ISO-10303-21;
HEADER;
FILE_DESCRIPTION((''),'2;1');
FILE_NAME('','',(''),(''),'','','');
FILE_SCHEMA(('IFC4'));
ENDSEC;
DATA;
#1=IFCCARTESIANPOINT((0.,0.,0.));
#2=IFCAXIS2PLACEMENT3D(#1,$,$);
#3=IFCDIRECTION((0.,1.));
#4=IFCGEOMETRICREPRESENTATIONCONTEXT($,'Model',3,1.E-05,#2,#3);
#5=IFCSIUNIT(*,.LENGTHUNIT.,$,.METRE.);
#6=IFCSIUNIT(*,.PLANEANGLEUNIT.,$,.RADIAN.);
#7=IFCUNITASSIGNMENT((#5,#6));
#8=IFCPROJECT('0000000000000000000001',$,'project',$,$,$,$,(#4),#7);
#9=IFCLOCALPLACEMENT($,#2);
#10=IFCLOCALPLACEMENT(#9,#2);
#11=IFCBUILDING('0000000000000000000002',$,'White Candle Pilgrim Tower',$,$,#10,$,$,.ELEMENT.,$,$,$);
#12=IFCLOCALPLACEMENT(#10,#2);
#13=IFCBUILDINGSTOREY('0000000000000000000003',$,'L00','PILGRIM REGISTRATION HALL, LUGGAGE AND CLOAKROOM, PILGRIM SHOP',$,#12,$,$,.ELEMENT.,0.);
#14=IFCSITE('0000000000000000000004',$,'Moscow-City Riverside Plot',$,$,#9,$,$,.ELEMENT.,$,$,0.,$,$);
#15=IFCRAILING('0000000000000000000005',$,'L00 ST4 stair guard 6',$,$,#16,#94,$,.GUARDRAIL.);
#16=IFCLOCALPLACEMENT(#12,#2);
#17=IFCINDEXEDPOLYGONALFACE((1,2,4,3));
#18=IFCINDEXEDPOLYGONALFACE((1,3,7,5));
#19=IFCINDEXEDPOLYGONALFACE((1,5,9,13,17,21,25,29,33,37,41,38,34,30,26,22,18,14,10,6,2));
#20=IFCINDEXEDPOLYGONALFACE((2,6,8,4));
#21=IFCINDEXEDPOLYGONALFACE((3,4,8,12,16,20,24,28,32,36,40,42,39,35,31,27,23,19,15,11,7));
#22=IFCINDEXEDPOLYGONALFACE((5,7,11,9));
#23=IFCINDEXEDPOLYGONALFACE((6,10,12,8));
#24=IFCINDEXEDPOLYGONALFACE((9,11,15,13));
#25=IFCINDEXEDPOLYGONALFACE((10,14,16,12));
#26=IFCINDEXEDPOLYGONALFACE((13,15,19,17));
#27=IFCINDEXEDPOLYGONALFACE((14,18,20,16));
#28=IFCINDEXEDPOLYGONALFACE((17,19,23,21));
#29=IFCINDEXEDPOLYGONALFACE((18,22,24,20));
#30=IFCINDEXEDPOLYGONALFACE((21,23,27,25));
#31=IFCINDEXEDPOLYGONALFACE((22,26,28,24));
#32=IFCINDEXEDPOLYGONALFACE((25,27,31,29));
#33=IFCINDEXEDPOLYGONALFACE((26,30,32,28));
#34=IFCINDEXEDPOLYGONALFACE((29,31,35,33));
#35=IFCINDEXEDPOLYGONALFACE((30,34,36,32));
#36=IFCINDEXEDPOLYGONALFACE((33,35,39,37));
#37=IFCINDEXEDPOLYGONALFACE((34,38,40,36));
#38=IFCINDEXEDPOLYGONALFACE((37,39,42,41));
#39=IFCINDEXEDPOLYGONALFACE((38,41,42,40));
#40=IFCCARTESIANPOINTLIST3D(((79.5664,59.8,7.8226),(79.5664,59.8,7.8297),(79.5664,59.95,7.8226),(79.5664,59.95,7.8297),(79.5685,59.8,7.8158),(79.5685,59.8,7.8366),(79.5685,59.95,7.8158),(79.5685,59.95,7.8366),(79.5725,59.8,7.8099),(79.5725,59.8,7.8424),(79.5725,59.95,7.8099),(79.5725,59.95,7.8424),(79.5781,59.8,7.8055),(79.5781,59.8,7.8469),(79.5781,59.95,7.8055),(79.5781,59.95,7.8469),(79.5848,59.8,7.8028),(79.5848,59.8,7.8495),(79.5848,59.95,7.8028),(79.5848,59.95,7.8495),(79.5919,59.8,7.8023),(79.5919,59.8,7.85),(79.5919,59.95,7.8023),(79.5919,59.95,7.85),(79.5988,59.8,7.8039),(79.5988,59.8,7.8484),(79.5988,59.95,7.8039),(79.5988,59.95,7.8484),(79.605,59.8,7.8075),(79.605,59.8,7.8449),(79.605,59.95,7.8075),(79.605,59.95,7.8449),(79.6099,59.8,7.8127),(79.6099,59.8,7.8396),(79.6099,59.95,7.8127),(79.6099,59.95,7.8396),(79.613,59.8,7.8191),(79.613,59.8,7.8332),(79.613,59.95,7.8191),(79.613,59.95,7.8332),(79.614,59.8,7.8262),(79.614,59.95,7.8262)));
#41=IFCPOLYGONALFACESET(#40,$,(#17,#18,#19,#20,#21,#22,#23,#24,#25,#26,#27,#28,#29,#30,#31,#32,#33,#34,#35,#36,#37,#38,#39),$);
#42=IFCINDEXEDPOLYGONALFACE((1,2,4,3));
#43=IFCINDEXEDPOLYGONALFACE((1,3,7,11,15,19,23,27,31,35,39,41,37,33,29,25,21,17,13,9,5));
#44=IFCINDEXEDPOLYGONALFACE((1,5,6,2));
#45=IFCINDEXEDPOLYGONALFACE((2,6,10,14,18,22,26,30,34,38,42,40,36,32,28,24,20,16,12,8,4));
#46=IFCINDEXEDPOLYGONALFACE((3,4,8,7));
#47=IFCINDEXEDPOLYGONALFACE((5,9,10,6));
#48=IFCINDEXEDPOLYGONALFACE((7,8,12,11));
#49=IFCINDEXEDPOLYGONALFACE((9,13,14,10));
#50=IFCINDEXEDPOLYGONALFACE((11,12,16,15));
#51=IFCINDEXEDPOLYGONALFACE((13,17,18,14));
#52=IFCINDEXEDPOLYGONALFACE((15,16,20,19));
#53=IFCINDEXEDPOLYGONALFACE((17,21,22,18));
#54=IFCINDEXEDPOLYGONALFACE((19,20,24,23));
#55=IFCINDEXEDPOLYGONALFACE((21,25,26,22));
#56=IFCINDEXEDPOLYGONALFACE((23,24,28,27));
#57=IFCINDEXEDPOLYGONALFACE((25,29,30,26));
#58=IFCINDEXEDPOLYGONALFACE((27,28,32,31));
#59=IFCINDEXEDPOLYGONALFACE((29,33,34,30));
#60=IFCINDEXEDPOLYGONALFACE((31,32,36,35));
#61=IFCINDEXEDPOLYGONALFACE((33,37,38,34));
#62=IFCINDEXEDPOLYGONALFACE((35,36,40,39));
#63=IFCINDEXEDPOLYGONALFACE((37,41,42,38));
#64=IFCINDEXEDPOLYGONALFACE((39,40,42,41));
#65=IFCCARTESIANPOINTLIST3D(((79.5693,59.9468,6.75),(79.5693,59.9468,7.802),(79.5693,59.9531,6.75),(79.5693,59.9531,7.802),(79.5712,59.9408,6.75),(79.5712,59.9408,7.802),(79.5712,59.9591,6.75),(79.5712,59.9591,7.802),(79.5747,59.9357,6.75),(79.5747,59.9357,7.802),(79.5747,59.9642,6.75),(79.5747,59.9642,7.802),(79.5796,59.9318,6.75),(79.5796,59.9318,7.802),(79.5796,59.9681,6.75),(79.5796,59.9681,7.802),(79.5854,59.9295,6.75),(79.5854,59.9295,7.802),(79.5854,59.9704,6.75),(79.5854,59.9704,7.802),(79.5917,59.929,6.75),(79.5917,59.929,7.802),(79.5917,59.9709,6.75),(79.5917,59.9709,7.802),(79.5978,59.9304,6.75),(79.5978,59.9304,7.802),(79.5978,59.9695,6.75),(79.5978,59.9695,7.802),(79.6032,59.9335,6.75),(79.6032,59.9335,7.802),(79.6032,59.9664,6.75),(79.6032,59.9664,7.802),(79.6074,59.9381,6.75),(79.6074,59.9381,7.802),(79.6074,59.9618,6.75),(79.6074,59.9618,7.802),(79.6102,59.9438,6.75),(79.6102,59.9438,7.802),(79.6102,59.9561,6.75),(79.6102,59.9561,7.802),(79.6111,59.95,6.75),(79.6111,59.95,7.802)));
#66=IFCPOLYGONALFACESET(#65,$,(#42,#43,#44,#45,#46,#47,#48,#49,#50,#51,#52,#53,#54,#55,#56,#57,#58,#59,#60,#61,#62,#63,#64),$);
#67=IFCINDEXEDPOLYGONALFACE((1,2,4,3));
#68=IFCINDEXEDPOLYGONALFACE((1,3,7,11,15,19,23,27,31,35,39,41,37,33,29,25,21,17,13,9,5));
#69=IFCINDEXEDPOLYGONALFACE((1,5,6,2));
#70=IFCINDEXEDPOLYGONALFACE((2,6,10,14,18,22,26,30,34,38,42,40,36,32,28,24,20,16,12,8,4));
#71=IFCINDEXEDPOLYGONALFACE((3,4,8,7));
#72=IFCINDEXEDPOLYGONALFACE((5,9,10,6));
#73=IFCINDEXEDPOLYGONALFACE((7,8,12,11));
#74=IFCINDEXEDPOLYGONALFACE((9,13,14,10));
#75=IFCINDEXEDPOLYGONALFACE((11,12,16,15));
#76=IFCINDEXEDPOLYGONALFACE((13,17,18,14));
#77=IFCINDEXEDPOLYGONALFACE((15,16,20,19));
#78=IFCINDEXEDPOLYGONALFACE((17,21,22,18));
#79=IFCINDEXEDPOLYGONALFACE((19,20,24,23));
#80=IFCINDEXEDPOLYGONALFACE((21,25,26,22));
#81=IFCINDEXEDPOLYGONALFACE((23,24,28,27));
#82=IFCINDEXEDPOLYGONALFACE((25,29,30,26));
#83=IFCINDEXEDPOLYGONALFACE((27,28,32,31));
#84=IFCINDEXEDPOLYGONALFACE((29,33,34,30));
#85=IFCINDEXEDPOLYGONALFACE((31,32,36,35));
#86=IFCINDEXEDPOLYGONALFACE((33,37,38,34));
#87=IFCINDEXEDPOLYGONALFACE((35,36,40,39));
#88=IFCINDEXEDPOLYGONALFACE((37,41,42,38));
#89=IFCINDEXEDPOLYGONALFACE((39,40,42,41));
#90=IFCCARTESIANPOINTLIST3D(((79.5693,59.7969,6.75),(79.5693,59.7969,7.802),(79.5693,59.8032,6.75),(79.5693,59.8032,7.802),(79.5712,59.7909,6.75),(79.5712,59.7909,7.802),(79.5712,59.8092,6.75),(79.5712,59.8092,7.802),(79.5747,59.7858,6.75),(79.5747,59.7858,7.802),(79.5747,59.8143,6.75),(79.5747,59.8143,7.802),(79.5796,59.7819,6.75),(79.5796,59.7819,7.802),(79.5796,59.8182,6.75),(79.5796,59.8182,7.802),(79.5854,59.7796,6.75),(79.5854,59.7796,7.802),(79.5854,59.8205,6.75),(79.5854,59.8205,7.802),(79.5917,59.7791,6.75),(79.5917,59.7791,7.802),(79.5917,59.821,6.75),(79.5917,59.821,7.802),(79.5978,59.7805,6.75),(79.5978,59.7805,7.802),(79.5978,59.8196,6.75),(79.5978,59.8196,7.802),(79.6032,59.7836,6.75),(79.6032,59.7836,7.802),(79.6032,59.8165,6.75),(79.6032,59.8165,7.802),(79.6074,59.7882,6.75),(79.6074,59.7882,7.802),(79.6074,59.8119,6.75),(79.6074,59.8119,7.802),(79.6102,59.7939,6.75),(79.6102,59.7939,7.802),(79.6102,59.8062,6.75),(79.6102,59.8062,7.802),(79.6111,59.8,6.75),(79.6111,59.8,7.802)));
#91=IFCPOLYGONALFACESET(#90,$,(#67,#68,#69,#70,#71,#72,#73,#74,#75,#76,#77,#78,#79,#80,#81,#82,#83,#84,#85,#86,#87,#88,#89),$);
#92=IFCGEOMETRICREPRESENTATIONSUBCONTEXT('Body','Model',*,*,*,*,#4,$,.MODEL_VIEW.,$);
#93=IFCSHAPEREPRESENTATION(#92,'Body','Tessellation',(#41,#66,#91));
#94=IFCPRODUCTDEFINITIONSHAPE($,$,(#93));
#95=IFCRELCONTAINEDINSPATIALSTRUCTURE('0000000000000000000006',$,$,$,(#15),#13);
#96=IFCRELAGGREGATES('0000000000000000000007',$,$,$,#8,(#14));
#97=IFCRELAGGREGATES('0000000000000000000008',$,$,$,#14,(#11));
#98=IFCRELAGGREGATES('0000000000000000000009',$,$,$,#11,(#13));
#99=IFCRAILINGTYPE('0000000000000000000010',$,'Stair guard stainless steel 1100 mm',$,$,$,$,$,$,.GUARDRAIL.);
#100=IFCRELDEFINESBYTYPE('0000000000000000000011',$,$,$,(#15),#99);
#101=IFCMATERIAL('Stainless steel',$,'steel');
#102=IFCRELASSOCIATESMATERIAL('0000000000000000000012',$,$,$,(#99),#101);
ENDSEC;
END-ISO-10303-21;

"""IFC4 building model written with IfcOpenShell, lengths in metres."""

from ifc_helpers import new_model, si_unit, direction, frame, origin, origin_2d, place, context, subcontext, project, spatial, circle, extrude, material, type_object, element, save


model = new_model("IFC4")

# Units and contexts
model_context = context("Model", 3, precision=1e-05, world=origin(), true_north=direction((0.0, 1.0)))
body_context = subcontext(model_context, "Body", "Model", "MODEL_VIEW")
ifc_project = project(units=[si_unit("LENGTHUNIT", "METRE"), si_unit("PLANEANGLEUNIT", "RADIAN")], contexts=[model_context])

# Site, building, storey
site_placement = place(None, origin())
site = spatial("IfcSite", under=ifc_project, at=site_placement, Name="Moscow-City Riverside Plot", CompositionType="ELEMENT", RefElevation=0.0)
building_placement = place(site_placement, origin())
building = spatial("IfcBuilding", under=site, at=building_placement, Name="White Candle Pilgrim Tower", CompositionType="ELEMENT")
storey_placement = place(building_placement, origin())
storey = spatial("IfcBuildingStorey", under=building, at=storey_placement, Name="L00", Description="PILGRIM REGISTRATION HALL, LUGGAGE AND CLOAKROOM, PILGRIM SHOP", CompositionType="ELEMENT", Elevation=0.0)

# Railing
ifc_material_1 = material(Name="Stainless steel", Category="steel")
railing_type_1 = type_object("IfcRailingType", Name="Stair guard stainless steel 1100 mm", PredefinedType="GUARDRAIL", material=ifc_material_1)
for number, where, name in (
    (1, (79.5901, 59.95, 6.75), "L00 ST4 stair guard 6"),
):
    element("IfcRailing", number, at=place(storey_placement, frame(where)), inside=storey, type_object=railing_type_1, Name=name, PredefinedType="GUARDRAIL", context=body_context, shape_type="SweptSolid", body=[
        extrude(circle(Radius=0.0239, at=origin_2d()), frame((0.0, 0.0, 1.0762), z_axis=(0.0, -1.0, 0.0), x_axis=(1.0, 0.0, 0.0)), (0.0, 0.0, 1.0), 0.1499),
        extrude(circle(Radius=0.021, at=origin_2d()), origin(), (0.0, 0.0, 1.0), 1.052),
        extrude(circle(Radius=0.021, at=origin_2d()), frame((0.0, -0.1499, 0.0)), (0.0, 0.0, 1.0), 1.052),
    ])

save(model, "model.ifc")
